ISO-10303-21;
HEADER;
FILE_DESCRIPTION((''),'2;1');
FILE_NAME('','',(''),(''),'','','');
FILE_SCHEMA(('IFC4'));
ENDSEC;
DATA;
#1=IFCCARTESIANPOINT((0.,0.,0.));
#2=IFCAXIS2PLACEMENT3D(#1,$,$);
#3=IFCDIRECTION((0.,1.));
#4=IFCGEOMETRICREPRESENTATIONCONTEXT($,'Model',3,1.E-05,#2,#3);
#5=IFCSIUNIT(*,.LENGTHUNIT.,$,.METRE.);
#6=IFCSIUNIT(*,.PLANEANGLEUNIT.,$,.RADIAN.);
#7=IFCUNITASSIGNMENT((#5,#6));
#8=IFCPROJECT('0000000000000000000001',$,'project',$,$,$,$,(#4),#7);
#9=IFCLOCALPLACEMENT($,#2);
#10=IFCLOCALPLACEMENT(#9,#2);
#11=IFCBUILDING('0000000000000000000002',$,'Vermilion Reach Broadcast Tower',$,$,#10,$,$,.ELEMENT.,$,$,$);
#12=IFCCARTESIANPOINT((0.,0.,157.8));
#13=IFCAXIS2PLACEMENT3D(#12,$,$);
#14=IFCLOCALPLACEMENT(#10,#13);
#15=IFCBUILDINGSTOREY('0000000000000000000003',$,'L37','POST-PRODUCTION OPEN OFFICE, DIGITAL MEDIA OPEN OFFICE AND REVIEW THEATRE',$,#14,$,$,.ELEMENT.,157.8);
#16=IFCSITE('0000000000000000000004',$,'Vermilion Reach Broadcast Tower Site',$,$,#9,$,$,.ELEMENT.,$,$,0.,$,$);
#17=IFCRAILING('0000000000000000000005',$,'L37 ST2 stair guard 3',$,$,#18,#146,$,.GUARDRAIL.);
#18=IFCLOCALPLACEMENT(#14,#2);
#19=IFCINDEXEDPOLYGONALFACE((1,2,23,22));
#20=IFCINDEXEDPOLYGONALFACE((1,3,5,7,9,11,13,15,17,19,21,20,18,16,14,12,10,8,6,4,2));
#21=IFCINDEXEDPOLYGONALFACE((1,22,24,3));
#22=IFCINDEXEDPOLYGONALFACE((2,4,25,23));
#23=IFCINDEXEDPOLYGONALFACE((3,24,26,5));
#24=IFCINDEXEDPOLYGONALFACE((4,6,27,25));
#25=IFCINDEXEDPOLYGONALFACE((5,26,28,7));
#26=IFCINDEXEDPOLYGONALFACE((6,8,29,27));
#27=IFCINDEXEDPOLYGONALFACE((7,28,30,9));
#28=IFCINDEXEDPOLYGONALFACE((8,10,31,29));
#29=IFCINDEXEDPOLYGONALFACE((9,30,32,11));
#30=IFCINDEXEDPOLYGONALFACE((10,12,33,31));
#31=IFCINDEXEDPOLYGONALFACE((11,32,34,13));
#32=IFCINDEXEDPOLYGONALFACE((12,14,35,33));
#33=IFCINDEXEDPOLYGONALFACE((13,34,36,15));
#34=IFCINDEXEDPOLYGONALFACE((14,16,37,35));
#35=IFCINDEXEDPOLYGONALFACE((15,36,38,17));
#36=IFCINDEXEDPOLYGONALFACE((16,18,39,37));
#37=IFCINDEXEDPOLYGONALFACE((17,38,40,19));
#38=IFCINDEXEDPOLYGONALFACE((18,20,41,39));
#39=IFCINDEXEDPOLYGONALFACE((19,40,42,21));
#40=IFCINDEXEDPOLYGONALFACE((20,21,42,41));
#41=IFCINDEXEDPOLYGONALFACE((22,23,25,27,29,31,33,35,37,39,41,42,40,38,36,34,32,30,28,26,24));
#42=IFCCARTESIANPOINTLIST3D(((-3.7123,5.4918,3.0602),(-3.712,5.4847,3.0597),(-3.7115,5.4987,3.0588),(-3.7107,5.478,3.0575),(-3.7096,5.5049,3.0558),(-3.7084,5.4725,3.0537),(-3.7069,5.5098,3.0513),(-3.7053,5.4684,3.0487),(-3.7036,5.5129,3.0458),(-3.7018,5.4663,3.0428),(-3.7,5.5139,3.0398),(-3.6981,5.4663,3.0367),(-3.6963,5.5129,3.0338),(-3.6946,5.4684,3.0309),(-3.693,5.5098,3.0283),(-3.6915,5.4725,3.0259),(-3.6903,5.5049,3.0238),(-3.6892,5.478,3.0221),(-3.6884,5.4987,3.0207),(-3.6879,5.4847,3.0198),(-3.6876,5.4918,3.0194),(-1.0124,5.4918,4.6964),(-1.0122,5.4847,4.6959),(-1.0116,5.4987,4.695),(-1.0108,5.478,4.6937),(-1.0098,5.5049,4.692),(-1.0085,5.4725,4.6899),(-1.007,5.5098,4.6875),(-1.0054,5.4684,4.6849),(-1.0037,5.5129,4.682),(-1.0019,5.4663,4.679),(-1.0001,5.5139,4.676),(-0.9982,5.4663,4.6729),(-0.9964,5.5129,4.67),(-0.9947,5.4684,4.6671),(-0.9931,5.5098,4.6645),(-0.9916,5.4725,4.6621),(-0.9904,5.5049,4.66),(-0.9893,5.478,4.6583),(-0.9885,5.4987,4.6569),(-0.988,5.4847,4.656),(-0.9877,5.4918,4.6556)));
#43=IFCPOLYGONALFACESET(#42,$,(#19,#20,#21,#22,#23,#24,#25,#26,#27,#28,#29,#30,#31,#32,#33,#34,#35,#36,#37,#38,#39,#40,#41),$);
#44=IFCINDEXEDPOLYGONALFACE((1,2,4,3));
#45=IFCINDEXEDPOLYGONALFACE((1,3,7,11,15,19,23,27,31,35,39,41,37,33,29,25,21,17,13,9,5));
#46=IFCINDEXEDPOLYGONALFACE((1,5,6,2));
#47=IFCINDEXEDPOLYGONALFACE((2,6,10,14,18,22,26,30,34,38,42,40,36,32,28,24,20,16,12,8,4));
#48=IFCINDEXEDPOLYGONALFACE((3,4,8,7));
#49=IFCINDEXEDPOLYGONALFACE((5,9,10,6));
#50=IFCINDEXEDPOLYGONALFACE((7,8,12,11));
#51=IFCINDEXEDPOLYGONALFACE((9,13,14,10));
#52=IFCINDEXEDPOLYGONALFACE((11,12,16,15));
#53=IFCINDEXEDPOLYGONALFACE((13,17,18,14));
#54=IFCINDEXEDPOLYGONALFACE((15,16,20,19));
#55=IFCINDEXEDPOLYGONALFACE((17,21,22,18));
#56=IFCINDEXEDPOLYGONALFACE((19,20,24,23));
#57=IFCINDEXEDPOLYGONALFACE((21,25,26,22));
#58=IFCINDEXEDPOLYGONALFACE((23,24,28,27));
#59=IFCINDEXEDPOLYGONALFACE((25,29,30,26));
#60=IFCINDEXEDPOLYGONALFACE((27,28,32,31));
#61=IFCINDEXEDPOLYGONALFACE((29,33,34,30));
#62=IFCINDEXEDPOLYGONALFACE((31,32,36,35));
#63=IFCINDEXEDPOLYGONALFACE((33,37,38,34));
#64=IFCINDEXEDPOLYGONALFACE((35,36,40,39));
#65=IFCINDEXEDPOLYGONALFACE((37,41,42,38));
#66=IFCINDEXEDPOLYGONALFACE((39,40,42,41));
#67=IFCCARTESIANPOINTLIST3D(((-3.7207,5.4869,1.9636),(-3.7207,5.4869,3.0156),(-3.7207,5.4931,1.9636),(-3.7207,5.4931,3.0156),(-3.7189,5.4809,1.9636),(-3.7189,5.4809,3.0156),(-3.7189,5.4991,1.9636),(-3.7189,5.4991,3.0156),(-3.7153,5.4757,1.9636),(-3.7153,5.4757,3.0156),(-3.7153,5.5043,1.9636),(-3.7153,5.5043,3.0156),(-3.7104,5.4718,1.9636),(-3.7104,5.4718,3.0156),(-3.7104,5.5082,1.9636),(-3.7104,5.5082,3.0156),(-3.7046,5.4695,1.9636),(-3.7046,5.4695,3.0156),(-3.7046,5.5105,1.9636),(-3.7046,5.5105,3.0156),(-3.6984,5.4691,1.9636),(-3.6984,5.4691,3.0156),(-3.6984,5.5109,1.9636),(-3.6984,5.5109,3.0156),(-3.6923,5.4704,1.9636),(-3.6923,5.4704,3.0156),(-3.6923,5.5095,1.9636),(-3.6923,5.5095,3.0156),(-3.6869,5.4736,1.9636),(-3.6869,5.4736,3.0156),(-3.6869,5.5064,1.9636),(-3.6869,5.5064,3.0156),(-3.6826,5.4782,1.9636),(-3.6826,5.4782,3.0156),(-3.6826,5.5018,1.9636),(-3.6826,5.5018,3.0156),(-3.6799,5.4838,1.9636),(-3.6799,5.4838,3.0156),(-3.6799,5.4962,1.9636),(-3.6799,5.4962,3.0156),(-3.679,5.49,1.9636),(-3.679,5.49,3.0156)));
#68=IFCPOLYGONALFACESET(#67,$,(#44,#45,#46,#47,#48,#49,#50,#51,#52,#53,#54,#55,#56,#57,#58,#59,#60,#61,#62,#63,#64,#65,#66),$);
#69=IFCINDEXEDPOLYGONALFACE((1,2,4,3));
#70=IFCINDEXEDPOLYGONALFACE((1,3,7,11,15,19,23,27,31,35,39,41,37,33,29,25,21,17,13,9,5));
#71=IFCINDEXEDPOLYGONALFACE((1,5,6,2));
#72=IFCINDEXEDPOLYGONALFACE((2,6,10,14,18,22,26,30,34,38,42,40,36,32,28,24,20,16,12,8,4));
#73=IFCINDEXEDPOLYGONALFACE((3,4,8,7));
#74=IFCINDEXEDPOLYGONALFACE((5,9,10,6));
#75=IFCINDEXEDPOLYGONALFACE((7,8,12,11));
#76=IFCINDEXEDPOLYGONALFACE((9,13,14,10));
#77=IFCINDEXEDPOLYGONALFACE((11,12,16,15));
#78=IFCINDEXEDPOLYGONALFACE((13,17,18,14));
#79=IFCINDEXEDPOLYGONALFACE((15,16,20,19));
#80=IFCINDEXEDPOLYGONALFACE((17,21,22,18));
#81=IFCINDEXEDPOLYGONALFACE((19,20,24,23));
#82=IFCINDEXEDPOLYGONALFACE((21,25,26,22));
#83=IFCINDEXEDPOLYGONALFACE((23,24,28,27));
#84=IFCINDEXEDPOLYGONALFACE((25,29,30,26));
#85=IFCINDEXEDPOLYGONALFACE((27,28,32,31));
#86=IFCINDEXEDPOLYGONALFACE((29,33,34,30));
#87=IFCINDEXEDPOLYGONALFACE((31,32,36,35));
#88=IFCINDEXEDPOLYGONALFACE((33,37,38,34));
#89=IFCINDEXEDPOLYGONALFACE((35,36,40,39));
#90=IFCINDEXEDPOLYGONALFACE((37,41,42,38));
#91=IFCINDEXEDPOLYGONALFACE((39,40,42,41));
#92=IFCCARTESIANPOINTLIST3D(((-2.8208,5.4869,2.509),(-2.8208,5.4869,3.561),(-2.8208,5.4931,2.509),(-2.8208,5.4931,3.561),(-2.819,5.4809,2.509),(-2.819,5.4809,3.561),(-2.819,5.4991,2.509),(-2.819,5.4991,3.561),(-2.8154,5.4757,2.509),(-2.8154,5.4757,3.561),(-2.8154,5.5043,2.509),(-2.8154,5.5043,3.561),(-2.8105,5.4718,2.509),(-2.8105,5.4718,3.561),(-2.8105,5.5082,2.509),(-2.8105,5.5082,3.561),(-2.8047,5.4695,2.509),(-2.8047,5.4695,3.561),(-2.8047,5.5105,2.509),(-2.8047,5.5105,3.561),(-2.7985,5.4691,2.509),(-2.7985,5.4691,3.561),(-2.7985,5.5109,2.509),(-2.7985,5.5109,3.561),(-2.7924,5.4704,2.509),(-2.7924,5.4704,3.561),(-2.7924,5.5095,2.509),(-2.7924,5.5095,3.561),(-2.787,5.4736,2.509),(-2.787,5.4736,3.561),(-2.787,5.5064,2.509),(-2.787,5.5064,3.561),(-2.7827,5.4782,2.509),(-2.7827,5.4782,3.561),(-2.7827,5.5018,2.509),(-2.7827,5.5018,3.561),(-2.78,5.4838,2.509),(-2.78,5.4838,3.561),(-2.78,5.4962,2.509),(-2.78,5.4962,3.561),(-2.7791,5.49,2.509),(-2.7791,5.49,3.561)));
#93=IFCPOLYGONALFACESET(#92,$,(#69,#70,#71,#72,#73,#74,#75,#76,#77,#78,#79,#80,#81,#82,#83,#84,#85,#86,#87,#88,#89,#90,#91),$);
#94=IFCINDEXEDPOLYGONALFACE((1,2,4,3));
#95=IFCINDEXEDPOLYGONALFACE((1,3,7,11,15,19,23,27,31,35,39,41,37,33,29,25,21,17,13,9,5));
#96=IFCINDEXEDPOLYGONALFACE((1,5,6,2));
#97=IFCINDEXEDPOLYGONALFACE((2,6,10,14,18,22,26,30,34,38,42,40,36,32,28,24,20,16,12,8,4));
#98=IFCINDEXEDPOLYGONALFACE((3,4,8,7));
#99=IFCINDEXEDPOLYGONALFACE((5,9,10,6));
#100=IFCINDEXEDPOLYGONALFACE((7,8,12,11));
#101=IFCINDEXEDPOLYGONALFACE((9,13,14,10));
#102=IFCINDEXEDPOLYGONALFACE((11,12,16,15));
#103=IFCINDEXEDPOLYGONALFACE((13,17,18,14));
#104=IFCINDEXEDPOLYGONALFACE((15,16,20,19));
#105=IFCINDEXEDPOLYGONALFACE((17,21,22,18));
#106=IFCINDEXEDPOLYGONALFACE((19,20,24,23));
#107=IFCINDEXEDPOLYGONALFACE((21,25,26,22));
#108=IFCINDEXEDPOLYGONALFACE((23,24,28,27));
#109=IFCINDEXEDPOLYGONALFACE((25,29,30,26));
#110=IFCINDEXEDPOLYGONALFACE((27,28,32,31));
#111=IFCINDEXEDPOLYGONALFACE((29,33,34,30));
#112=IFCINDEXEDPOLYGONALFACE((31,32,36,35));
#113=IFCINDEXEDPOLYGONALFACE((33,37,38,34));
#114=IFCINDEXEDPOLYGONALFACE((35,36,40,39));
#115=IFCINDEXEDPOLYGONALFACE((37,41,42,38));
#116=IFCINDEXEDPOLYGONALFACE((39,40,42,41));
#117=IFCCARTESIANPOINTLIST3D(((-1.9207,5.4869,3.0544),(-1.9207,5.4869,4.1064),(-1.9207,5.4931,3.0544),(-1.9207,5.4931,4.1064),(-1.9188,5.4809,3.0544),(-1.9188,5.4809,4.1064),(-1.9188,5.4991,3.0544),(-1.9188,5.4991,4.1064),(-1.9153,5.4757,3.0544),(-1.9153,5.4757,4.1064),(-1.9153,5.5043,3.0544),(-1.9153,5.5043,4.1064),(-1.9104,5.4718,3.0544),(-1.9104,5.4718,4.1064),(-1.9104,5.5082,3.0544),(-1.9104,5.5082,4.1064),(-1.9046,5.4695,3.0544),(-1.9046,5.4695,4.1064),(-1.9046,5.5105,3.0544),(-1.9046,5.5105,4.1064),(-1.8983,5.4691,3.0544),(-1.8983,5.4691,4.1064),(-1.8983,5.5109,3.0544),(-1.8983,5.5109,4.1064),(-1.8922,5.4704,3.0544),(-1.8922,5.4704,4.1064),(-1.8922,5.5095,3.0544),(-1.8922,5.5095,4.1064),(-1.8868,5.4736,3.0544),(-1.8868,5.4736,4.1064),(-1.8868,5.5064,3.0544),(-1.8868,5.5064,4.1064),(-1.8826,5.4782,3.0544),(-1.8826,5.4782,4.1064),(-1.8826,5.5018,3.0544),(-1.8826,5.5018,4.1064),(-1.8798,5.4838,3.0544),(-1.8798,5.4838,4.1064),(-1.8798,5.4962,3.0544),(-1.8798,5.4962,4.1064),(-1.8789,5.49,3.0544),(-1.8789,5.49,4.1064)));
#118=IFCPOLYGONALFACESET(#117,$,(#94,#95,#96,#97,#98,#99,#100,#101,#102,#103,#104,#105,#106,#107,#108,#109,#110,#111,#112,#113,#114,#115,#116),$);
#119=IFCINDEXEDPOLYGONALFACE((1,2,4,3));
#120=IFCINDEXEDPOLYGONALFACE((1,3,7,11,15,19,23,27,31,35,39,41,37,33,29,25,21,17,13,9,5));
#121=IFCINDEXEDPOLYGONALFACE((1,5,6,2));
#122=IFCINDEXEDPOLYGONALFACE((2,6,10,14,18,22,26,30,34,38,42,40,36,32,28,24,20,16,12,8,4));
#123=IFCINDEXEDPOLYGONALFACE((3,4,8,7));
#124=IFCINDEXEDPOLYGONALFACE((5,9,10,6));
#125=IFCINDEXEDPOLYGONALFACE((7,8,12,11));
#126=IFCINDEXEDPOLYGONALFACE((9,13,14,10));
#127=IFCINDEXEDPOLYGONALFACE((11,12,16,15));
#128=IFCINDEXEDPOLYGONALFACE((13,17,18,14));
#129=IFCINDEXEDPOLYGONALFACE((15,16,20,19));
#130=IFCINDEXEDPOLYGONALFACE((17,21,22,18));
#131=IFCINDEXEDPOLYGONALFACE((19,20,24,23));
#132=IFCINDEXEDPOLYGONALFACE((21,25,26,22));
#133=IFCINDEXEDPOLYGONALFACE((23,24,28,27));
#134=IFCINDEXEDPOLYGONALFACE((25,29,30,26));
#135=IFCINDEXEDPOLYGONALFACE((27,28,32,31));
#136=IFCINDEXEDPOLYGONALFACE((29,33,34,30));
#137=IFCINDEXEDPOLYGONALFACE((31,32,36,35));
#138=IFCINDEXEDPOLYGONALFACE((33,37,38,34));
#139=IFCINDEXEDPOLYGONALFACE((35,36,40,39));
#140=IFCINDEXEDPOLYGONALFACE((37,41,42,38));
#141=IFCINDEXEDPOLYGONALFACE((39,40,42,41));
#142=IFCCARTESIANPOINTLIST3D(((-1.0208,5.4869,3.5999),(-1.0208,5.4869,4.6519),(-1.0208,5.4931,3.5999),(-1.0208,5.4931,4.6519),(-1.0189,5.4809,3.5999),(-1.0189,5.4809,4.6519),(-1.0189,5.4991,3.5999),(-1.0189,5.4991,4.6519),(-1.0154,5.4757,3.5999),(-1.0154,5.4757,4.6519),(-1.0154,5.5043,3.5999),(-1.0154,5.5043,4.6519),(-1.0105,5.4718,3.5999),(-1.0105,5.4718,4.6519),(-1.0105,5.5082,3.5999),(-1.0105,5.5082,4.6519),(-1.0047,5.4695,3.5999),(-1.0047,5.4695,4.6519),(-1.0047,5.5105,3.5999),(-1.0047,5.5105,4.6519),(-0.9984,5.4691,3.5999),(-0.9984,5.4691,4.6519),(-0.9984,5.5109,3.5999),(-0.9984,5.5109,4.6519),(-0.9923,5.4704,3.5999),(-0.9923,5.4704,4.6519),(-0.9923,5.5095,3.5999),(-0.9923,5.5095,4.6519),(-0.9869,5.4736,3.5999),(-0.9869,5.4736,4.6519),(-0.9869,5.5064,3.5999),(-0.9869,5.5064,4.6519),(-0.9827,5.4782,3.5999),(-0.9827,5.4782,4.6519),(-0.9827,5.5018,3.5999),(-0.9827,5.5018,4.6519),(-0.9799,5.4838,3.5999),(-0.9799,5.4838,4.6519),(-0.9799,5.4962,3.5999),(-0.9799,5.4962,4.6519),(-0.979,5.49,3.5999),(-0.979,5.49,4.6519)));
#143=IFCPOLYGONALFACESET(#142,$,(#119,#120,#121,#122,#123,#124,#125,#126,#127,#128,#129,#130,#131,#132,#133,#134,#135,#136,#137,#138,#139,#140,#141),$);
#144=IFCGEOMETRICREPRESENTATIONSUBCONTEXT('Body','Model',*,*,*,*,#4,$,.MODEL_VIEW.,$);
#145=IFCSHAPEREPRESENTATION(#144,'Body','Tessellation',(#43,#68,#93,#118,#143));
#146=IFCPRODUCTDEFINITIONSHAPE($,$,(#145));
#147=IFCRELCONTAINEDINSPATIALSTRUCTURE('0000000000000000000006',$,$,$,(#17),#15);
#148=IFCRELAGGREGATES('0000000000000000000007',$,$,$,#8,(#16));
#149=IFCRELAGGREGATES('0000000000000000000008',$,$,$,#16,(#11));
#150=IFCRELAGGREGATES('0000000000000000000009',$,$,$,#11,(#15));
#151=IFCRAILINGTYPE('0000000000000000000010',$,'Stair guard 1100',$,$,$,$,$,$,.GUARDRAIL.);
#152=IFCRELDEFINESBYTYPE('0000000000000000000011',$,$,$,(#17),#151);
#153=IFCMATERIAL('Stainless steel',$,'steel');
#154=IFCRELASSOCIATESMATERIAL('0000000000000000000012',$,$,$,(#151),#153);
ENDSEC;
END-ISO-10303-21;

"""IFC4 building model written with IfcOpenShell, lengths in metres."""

from ifc_helpers import new_model, si_unit, direction, frame, origin, origin_2d, place, context, subcontext, project, spatial, circle, extrude, material, type_object, element, save


model = new_model("IFC4")

# Units and contexts
model_context = context("Model", 3, precision=1e-05, world=origin(), true_north=direction((0.0, 1.0)))
body_context = subcontext(model_context, "Body", "Model", "MODEL_VIEW")
ifc_project = project(units=[si_unit("LENGTHUNIT", "METRE"), si_unit("PLANEANGLEUNIT", "RADIAN")], contexts=[model_context])

# Site, building, storey
site_placement = place(None, origin())
site = spatial("IfcSite", under=ifc_project, at=site_placement, Name="Vermilion Reach Broadcast Tower Site", CompositionType="ELEMENT", RefElevation=0.0)
building_placement = place(site_placement, origin())
building = spatial("IfcBuilding", under=site, at=building_placement, Name="Vermilion Reach Broadcast Tower", CompositionType="ELEMENT")
storey_placement = place(building_placement, frame((0.0, 0.0, 157.8)))
storey = spatial("IfcBuildingStorey", under=building, at=storey_placement, Name="L37", Description="POST-PRODUCTION OPEN OFFICE, DIGITAL MEDIA OPEN OFFICE AND REVIEW THEATRE", CompositionType="ELEMENT", Elevation=157.8)

# Railing
ifc_material_1 = material(Name="Stainless steel", Category="steel")
railing_type_1 = type_object("IfcRailingType", Name="Stair guard 1100", PredefinedType="GUARDRAIL", material=ifc_material_1)
railing_1_placement = place(storey_placement, frame((-3.7, 5.49, 1.9636)))
element("IfcRailing", 1, at=railing_1_placement, inside=storey, type_object=railing_type_1, Name="L37 ST2 stair guard 3", PredefinedType="GUARDRAIL", context=body_context, shape_type="SweptSolid", body=[
    extrude(circle(Radius=0.0239, at=origin_2d()), frame((0.0, 0.0, 1.0762), z_axis=(0.855212, 0.0, 0.518278), x_axis=(0.0, 1.0, 0.0)), (0.0, 0.0, 1.0), 3.157),
    extrude(circle(Radius=0.021, at=origin_2d()), origin(), (0.0, 0.0, 1.0), 1.052),
    extrude(circle(Radius=0.021, at=origin_2d()), frame((0.8999, 0.0, 0.5454)), (0.0, 0.0, 1.0), 1.052),
    extrude(circle(Radius=0.021, at=origin_2d()), frame((1.8, 0.0, 1.0908)), (0.0, 0.0, 1.0), 1.052),
    extrude(circle(Radius=0.021, at=origin_2d()), frame((2.7, 0.0, 1.6362)), (0.0, 0.0, 1.0), 1.052),
])

save(model, "model.ifc")
